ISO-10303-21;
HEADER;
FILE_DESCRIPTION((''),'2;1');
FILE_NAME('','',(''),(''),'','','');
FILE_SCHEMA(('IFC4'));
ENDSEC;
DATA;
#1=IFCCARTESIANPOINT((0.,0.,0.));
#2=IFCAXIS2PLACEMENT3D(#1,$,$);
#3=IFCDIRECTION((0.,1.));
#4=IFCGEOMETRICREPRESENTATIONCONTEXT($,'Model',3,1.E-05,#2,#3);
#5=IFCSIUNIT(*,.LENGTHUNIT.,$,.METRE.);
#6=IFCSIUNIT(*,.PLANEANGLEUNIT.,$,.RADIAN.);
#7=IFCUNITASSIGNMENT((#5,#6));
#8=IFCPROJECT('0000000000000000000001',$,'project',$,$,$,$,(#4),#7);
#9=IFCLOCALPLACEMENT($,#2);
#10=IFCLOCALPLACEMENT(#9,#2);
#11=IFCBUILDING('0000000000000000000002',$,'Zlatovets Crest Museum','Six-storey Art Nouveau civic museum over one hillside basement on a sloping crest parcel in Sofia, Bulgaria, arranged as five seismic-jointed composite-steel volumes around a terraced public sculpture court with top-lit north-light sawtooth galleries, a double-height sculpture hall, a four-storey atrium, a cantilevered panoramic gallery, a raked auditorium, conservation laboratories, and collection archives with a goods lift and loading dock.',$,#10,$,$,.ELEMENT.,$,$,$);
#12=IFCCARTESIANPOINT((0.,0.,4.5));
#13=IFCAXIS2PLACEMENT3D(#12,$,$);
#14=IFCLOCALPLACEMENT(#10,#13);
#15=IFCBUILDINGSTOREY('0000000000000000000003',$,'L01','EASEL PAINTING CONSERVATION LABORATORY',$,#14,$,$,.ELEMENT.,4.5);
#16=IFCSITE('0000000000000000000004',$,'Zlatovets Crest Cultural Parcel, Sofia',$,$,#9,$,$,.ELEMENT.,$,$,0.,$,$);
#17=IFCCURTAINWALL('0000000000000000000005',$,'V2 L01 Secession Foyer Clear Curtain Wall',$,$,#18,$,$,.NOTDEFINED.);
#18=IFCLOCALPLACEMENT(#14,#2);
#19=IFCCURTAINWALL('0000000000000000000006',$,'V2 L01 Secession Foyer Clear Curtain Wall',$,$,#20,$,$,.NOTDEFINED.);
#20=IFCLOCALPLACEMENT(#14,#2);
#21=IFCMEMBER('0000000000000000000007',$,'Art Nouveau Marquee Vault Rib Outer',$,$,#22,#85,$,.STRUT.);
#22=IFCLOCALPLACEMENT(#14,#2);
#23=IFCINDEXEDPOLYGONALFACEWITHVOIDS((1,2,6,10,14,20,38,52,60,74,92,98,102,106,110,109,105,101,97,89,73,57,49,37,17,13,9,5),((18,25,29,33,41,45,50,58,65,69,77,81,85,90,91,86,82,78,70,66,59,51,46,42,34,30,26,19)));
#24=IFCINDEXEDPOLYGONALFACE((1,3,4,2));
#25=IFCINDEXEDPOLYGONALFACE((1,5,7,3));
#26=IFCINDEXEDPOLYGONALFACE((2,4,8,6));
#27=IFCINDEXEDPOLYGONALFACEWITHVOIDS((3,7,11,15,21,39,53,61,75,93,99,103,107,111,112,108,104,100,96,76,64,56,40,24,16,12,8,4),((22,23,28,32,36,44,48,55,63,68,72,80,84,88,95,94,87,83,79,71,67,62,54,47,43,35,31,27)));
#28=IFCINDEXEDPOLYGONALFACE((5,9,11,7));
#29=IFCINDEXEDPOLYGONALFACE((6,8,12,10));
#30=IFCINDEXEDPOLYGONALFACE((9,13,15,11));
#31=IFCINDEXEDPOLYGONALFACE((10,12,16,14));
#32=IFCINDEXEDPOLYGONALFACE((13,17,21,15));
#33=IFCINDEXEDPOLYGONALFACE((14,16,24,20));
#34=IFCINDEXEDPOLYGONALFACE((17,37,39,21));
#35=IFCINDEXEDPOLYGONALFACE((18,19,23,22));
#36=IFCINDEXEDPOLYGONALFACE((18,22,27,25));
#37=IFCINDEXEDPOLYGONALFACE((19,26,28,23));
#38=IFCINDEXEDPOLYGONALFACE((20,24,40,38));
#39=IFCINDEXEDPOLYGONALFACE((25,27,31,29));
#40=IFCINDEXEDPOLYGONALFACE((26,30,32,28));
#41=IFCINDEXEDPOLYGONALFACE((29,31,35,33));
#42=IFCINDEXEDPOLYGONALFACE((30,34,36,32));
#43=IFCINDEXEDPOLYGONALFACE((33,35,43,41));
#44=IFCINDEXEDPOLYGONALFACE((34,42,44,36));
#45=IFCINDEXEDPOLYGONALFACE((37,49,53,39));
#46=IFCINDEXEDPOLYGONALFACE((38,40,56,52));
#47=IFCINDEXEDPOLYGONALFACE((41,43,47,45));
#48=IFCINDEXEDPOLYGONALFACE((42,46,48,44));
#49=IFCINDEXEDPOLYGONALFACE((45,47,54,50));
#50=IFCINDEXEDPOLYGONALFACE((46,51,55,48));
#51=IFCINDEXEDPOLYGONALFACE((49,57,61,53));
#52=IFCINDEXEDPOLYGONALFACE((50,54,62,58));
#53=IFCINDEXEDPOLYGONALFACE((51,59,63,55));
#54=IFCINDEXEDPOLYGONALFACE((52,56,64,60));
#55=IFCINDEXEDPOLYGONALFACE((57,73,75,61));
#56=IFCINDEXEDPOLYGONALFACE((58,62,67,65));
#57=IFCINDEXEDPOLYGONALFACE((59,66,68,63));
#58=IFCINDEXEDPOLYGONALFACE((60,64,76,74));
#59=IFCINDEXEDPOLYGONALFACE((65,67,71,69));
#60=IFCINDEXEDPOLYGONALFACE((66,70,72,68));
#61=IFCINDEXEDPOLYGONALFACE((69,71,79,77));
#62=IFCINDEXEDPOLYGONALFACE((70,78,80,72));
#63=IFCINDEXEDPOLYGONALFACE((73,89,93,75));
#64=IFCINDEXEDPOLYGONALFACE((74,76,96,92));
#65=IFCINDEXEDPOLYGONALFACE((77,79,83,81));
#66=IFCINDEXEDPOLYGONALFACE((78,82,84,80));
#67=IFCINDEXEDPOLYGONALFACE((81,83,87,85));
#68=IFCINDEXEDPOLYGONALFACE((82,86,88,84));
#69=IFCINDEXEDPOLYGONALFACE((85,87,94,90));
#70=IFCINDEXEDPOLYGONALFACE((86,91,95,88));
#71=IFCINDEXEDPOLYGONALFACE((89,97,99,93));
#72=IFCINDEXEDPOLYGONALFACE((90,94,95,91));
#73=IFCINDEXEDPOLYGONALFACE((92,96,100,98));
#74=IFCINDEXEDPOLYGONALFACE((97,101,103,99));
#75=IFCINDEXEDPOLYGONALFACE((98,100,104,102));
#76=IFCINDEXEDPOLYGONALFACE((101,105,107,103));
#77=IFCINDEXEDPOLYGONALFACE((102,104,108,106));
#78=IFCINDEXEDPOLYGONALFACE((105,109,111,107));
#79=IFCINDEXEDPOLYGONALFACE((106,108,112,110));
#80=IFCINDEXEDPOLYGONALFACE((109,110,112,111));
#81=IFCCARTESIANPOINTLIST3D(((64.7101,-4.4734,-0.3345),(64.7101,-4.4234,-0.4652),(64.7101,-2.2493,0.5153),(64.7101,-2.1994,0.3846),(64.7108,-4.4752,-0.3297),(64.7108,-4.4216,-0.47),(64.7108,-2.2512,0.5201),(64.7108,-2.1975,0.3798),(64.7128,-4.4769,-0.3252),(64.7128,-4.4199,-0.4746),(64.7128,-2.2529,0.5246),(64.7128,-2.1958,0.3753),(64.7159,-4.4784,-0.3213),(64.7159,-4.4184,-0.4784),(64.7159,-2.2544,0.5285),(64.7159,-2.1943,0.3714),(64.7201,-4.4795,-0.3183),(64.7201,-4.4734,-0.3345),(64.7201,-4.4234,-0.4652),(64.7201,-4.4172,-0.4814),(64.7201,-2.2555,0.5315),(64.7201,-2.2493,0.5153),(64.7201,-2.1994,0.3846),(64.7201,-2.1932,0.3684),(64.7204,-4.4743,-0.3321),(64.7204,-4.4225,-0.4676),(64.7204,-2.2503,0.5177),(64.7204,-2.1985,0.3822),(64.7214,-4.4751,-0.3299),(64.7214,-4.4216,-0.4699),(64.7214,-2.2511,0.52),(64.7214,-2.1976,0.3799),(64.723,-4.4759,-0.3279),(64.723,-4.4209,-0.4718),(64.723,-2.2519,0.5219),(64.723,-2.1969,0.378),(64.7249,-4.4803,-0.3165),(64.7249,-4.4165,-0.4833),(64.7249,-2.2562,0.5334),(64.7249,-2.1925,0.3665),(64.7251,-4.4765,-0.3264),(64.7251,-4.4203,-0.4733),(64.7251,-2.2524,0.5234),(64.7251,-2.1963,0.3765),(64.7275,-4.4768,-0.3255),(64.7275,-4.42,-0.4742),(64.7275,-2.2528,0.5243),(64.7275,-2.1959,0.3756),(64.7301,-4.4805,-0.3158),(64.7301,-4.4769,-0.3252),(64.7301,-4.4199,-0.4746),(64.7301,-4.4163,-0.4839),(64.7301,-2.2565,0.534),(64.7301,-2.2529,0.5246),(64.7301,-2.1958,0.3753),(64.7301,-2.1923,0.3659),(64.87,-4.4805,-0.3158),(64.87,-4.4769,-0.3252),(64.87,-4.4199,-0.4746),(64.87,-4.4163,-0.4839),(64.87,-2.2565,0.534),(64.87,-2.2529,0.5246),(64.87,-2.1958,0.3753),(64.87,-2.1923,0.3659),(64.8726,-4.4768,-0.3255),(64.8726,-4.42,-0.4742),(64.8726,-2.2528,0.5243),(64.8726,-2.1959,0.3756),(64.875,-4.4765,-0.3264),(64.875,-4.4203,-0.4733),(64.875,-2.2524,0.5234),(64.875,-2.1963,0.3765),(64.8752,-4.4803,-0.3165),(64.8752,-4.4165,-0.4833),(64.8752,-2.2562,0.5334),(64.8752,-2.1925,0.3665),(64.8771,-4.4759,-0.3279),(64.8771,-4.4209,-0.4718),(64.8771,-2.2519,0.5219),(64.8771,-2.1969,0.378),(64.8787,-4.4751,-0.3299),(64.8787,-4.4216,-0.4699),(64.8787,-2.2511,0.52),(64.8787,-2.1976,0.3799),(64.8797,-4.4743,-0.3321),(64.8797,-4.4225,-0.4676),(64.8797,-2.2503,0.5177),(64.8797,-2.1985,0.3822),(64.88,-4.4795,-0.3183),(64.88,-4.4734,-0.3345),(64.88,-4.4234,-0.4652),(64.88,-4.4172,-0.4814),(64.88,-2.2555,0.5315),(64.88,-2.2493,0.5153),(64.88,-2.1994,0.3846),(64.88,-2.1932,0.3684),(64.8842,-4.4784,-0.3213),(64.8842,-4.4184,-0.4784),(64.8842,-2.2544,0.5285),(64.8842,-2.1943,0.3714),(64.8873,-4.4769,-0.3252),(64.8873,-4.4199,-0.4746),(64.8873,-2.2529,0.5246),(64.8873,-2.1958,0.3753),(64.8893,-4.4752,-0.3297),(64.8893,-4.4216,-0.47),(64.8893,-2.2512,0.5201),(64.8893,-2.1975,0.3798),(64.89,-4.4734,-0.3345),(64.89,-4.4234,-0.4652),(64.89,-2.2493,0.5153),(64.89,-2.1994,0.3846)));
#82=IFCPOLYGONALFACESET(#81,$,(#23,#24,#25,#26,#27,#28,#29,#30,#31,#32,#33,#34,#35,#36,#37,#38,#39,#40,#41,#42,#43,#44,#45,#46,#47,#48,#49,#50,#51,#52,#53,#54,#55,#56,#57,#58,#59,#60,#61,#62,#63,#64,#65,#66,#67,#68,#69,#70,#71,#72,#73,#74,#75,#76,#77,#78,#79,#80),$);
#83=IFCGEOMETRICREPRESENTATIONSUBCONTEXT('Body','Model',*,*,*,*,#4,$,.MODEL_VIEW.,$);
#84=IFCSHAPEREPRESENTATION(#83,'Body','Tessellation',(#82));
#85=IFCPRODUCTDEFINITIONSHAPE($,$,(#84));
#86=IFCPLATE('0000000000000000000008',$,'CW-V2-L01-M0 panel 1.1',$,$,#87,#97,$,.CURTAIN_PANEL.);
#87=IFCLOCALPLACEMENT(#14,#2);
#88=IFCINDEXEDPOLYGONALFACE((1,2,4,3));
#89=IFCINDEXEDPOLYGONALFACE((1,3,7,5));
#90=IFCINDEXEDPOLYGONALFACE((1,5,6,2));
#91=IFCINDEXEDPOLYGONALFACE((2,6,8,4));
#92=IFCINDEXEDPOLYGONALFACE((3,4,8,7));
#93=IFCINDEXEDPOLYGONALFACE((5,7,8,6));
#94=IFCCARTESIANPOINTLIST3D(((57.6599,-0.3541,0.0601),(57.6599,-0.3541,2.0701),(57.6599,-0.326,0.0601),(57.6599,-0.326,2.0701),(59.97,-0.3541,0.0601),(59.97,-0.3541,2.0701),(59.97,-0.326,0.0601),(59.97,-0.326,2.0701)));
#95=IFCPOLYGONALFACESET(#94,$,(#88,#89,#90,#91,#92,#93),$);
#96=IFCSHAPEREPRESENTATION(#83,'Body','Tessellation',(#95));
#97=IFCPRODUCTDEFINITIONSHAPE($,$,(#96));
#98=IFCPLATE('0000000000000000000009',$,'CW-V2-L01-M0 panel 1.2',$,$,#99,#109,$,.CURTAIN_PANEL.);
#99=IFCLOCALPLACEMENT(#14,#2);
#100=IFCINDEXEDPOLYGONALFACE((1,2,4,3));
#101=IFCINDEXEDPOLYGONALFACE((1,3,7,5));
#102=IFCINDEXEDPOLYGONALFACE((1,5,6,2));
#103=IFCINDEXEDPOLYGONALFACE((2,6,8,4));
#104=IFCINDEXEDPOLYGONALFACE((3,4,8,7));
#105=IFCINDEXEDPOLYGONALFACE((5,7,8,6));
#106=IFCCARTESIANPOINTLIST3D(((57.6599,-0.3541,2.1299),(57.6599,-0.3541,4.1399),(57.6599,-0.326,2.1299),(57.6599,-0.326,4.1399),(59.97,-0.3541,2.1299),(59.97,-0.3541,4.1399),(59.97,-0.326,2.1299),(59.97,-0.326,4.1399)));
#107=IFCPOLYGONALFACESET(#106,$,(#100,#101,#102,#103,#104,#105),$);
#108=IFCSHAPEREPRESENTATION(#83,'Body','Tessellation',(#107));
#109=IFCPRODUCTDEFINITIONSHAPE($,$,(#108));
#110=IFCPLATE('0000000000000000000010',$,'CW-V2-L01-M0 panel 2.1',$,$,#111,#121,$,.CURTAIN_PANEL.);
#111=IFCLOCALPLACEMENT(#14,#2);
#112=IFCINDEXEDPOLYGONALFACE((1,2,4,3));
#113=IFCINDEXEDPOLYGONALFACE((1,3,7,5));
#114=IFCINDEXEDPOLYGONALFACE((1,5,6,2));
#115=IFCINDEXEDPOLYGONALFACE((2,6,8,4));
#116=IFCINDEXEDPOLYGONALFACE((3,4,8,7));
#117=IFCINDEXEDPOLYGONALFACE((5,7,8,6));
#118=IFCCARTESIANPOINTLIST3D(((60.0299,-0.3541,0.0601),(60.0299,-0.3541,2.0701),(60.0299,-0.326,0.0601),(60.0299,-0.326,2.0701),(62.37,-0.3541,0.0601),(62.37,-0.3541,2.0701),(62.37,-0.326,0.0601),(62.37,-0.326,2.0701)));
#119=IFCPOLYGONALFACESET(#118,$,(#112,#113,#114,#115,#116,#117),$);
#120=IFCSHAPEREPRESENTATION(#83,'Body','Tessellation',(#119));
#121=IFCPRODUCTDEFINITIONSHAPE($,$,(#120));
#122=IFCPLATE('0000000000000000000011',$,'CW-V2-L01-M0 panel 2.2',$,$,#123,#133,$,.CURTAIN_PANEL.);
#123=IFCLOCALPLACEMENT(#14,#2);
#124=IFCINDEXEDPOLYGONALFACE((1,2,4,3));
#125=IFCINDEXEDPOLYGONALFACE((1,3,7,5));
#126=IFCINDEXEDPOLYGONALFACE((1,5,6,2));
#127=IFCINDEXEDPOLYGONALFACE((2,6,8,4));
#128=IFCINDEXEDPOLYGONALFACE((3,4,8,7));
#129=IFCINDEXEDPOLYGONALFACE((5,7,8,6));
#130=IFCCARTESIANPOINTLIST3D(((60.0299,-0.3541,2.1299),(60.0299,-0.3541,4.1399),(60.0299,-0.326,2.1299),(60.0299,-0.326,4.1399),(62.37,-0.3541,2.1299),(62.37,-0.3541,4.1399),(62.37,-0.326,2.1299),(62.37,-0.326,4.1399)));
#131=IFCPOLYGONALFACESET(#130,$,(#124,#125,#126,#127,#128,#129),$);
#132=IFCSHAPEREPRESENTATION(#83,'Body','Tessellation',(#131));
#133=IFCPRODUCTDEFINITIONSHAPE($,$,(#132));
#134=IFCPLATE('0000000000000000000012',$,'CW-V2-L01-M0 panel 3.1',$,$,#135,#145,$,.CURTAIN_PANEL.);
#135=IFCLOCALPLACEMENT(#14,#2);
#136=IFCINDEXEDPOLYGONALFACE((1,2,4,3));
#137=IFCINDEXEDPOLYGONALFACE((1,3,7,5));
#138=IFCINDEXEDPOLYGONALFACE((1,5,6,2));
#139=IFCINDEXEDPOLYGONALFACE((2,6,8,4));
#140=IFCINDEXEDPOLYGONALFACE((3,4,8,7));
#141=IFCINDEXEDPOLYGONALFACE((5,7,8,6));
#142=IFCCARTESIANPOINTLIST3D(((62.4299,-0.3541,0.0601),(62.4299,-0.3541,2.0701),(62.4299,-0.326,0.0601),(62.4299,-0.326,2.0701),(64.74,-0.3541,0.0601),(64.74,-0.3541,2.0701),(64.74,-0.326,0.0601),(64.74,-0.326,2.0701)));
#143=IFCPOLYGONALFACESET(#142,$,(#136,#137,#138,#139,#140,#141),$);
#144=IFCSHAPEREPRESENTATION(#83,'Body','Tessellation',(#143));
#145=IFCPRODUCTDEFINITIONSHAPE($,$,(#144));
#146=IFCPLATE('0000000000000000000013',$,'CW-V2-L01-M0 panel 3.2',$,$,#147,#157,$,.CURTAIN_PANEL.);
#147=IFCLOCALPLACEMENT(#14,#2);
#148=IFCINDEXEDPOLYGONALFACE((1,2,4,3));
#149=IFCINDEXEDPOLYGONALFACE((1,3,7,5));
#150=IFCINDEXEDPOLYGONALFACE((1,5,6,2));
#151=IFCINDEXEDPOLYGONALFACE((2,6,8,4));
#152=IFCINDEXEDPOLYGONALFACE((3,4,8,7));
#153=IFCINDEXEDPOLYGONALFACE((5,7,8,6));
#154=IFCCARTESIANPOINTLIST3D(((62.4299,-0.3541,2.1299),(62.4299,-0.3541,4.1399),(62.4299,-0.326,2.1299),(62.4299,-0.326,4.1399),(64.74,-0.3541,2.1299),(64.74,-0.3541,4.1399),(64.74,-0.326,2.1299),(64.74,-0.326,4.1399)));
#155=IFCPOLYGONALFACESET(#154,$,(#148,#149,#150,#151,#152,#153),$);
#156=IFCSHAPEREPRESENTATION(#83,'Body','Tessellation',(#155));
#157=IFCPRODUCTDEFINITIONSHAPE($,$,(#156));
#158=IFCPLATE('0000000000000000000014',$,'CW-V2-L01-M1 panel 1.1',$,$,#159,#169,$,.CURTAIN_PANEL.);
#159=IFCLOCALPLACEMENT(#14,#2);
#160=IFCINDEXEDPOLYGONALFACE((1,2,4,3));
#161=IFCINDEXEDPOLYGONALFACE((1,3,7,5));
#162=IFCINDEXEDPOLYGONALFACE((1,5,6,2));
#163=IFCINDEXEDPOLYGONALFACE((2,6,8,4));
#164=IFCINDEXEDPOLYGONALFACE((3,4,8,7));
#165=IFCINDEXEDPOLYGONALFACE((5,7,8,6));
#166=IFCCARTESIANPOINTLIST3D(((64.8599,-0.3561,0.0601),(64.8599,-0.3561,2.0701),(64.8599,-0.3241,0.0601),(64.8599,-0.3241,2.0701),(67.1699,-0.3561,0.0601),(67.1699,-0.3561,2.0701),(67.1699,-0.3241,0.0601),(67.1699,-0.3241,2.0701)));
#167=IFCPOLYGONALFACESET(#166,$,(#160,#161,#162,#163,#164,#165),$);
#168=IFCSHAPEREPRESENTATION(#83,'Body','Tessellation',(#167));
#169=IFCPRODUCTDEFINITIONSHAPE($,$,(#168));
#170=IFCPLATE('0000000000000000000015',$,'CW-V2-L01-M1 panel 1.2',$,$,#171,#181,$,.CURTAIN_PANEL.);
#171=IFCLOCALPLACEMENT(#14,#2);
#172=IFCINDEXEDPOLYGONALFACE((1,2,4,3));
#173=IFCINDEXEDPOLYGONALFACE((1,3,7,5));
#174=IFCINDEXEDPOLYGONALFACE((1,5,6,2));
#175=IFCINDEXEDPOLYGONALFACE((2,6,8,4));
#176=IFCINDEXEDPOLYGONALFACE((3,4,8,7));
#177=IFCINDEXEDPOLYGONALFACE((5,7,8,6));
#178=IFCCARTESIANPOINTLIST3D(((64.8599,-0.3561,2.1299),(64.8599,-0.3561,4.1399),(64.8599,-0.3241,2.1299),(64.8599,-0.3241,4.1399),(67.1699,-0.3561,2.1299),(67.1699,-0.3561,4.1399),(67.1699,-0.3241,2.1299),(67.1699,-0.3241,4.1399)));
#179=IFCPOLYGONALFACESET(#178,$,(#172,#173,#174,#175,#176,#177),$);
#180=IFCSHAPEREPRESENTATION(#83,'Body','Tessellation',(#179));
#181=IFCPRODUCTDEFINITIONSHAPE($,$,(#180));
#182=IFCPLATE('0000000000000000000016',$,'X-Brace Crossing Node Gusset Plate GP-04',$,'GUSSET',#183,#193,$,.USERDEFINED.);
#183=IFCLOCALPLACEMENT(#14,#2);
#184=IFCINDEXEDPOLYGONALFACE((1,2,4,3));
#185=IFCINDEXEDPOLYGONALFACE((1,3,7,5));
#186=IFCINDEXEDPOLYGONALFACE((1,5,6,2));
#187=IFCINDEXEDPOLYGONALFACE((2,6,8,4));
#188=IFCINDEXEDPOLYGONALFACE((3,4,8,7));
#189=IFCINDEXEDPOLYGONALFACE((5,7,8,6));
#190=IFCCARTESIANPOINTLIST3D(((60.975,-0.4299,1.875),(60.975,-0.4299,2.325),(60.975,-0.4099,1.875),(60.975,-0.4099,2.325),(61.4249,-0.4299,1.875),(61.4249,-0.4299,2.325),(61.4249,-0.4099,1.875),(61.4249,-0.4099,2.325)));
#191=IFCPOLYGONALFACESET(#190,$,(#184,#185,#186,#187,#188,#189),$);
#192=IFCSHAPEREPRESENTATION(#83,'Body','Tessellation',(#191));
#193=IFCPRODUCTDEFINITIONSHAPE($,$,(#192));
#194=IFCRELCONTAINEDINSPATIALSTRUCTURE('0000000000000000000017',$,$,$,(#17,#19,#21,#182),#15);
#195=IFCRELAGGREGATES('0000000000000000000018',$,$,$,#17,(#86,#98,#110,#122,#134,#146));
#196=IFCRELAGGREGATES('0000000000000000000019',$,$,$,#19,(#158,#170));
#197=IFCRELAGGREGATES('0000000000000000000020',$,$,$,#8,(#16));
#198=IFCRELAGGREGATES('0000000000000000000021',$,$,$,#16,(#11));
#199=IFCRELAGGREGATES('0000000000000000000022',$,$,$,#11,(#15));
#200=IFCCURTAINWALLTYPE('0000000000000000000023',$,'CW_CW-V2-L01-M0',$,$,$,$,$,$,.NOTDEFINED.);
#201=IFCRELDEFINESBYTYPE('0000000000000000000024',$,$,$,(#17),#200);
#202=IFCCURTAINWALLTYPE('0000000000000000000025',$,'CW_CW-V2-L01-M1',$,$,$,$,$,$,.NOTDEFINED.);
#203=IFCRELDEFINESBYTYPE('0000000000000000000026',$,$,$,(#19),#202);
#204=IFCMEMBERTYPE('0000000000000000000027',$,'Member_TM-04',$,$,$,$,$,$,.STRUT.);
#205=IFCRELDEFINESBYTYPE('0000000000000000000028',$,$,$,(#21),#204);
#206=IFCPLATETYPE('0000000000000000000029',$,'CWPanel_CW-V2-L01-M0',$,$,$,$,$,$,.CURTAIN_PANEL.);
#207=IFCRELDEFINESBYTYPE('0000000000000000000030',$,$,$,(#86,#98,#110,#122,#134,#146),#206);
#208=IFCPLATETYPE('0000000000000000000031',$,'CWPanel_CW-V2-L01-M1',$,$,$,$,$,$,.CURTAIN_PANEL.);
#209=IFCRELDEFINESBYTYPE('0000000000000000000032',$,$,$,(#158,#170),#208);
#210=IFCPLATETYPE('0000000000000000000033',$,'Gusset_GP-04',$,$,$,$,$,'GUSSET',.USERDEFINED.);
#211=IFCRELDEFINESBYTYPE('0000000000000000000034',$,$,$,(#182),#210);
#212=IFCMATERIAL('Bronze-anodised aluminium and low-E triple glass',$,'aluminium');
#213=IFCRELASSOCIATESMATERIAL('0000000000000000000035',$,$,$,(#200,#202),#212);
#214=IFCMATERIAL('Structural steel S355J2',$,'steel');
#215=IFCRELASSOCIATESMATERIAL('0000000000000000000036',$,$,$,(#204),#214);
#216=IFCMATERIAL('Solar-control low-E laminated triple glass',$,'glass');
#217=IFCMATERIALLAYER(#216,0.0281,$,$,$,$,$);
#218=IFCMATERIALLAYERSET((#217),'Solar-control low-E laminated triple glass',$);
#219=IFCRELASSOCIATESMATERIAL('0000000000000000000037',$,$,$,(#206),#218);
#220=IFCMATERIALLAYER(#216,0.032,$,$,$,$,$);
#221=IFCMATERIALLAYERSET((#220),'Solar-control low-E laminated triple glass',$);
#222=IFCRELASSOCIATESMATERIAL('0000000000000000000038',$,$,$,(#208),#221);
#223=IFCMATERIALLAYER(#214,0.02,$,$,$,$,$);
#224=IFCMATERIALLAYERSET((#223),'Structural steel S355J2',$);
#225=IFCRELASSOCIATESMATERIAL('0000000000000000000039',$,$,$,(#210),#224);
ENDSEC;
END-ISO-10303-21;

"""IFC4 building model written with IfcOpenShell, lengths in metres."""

from ifc_helpers import new_model, si_unit, direction, frame, origin, origin_2d, place, context, subcontext, project, spatial, rectangle, hollow_rectangle, extrude, material, layer, layer_set, material_profile, profile_set, type_object, element, aggregate, save


model = new_model("IFC4")

# Units and contexts
model_context = context("Model", 3, precision=1e-05, world=origin(), true_north=direction((0.0, 1.0)))
body_context = subcontext(model_context, "Body", "Model", "MODEL_VIEW")
ifc_project = project(units=[si_unit("LENGTHUNIT", "METRE"), si_unit("PLANEANGLEUNIT", "RADIAN")], contexts=[model_context])

# Site, building, storey
site_placement = place(None, origin())
site = spatial("IfcSite", under=ifc_project, at=site_placement, Name="Zlatovets Crest Cultural Parcel, Sofia", CompositionType="ELEMENT", RefElevation=0.0)
building_placement = place(site_placement, origin())
building = spatial("IfcBuilding", under=site, at=building_placement, Name="Zlatovets Crest Museum", Description="Six-storey Art Nouveau civic museum over one hillside basement on a sloping crest parcel in Sofia, Bulgaria, arranged as five seismic-jointed composite-steel volumes around a terraced public sculpture court with top-lit north-light sawtooth galleries, a double-height sculpture hall, a four-storey atrium, a cantilevered panoramic gallery, a raked auditorium, conservation laboratories, and collection archives with a goods lift and loading dock.", CompositionType="ELEMENT")
storey_placement = place(building_placement, frame((0.0, 0.0, 4.5)))
storey = spatial("IfcBuildingStorey", under=building, at=storey_placement, Name="L01", Description="EASEL PAINTING CONSERVATION LABORATORY", CompositionType="ELEMENT", Elevation=4.5)

# Curtain walls
ifc_material_1 = material(Name="Bronze-anodised aluminium and low-E triple glass", Category="aluminium")
curtain_wall_type_1 = type_object("IfcCurtainWallType", Name="CW_CW-V2-L01-M0", PredefinedType="NOTDEFINED", material=ifc_material_1)
curtain_wall_1_placement = place(storey_placement, origin())
curtain_wall_1 = element("IfcCurtainWall", 1, at=curtain_wall_1_placement, inside=storey, type_object=curtain_wall_type_1, Name="V2 L01 Secession Foyer Clear Curtain Wall", PredefinedType="NOTDEFINED")
curtain_wall_type_2 = type_object("IfcCurtainWallType", Name="CW_CW-V2-L01-M1", PredefinedType="NOTDEFINED", material=ifc_material_1)
curtain_wall_2_placement = place(storey_placement, origin())
curtain_wall_2 = element("IfcCurtainWall", 2, at=curtain_wall_2_placement, inside=storey, type_object=curtain_wall_type_2, Name="V2 L01 Secession Foyer Clear Curtain Wall", PredefinedType="NOTDEFINED")

# Member
ifc_material_2 = material(Name="Structural steel S355J2", Category="steel")
ifc_material_profile_1 = material_profile(ifc_material_2, hollow_rectangle(XDim=0.1799, YDim=0.1799, WallThickness=0.01, InnerFilletRadius=0.01, OuterFilletRadius=0.02, at=origin_2d()), Name="SHS 180x180x10.0")
ifc_profile_set_1 = profile_set([ifc_material_profile_1], Name="Structural steel S355J2")
member_type_1 = type_object("IfcMemberType", Name="Member_TM-04", PredefinedType="STRUT", material=ifc_profile_set_1)
member_1_placement = place(storey_placement, frame((64.8, -2.2244, 0.45), z_axis=(0.0, -0.934128, -0.356937), x_axis=(1.0, 0.0, 0.0)))
element("IfcMember", 3, at=member_1_placement, inside=storey, type_object=member_type_1, Name="Art Nouveau Marquee Vault Rib Outer", PredefinedType="STRUT", context=body_context, shape_type="SweptSolid", body=[
    extrude(hollow_rectangle(XDim=0.1799, YDim=0.1799, WallThickness=0.01, InnerFilletRadius=0.01, OuterFilletRadius=0.02, at=origin_2d()), origin(), (0.0, 0.0, 1.0), 2.3809),
])

# Plates
ifc_material_3 = material(Name="Solar-control low-E laminated triple glass", Category="glass")
ifc_layer_1 = layer(ifc_material_3, 0.0281)
ifc_layer_set_1 = layer_set([ifc_layer_1], Name="Solar-control low-E laminated triple glass")
plate_type_1 = type_object("IfcPlateType", Name="CWPanel_CW-V2-L01-M0", PredefinedType="CURTAIN_PANEL", material=ifc_layer_set_1)
plate_1_placement = place(storey_placement, frame((58.8149, -0.3401, 0.0601), z_axis=(0.0, 0.0, 1.0), x_axis=(1.0, 0.0, 0.0)))
plate_1 = element("IfcPlate", 4, at=plate_1_placement, type_object=plate_type_1, Name="CW-V2-L01-M0 panel 1.1", PredefinedType="CURTAIN_PANEL", context=body_context, shape_type="SweptSolid", body=[
    extrude(rectangle(XDim=2.3101, YDim=0.0281, at=origin_2d()), origin(), (0.0, 0.0, 1.0), 2.01),
])
plate_2_placement = place(storey_placement, frame((58.8149, -0.3401, 2.1299), z_axis=(0.0, 0.0, 1.0), x_axis=(1.0, 0.0, 0.0)))
plate_2 = element("IfcPlate", 5, at=plate_2_placement, type_object=plate_type_1, Name="CW-V2-L01-M0 panel 1.2", PredefinedType="CURTAIN_PANEL", context=body_context, shape_type="SweptSolid", body=[
    extrude(rectangle(XDim=2.3101, YDim=0.0281, at=origin_2d()), origin(), (0.0, 0.0, 1.0), 2.01),
])
plate_3_placement = place(storey_placement, frame((61.2, -0.3401, 0.0601), z_axis=(0.0, 0.0, 1.0), x_axis=(1.0, 0.0, 0.0)))
plate_3 = element("IfcPlate", 6, at=plate_3_placement, type_object=plate_type_1, Name="CW-V2-L01-M0 panel 2.1", PredefinedType="CURTAIN_PANEL", context=body_context, shape_type="SweptSolid", body=[
    extrude(rectangle(XDim=2.3401, YDim=0.0281, at=origin_2d()), origin(), (0.0, 0.0, 1.0), 2.01),
])
plate_4_placement = place(storey_placement, frame((61.2, -0.3401, 2.1299), z_axis=(0.0, 0.0, 1.0), x_axis=(1.0, 0.0, 0.0)))
plate_4 = element("IfcPlate", 7, at=plate_4_placement, type_object=plate_type_1, Name="CW-V2-L01-M0 panel 2.2", PredefinedType="CURTAIN_PANEL", context=body_context, shape_type="SweptSolid", body=[
    extrude(rectangle(XDim=2.3401, YDim=0.0281, at=origin_2d()), origin(), (0.0, 0.0, 1.0), 2.01),
])
plate_5_placement = place(storey_placement, frame((63.585, -0.3401, 0.0601), z_axis=(0.0, 0.0, 1.0), x_axis=(1.0, 0.0, 0.0)))
plate_5 = element("IfcPlate", 8, at=plate_5_placement, type_object=plate_type_1, Name="CW-V2-L01-M0 panel 3.1", PredefinedType="CURTAIN_PANEL", context=body_context, shape_type="SweptSolid", body=[
    extrude(rectangle(XDim=2.3101, YDim=0.0281, at=origin_2d()), origin(), (0.0, 0.0, 1.0), 2.01),
])
plate_6_placement = place(storey_placement, frame((63.585, -0.3401, 2.1299), z_axis=(0.0, 0.0, 1.0), x_axis=(1.0, 0.0, 0.0)))
plate_6 = element("IfcPlate", 9, at=plate_6_placement, type_object=plate_type_1, Name="CW-V2-L01-M0 panel 3.2", PredefinedType="CURTAIN_PANEL", context=body_context, shape_type="SweptSolid", body=[
    extrude(rectangle(XDim=2.3101, YDim=0.0281, at=origin_2d()), origin(), (0.0, 0.0, 1.0), 2.01),
])
aggregate(curtain_wall_1, [plate_1, plate_2, plate_3, plate_4, plate_5, plate_6])
ifc_layer_2 = layer(ifc_material_3, 0.032)
ifc_layer_set_2 = layer_set([ifc_layer_2], Name="Solar-control low-E laminated triple glass")
plate_type_2 = type_object("IfcPlateType", Name="CWPanel_CW-V2-L01-M1", PredefinedType="CURTAIN_PANEL", material=ifc_layer_set_2)
plate_7_placement = place(storey_placement, frame((66.0149, -0.3401, 0.0601), z_axis=(0.0, 0.0, 1.0), x_axis=(1.0, 0.0, 0.0)))
plate_7 = element("IfcPlate", 10, at=plate_7_placement, type_object=plate_type_2, Name="CW-V2-L01-M1 panel 1.1", PredefinedType="CURTAIN_PANEL", context=body_context, shape_type="SweptSolid", body=[
    extrude(rectangle(XDim=2.3101, YDim=0.032, at=origin_2d()), origin(), (0.0, 0.0, 1.0), 2.01),
])
plate_8_placement = place(storey_placement, frame((66.0149, -0.3401, 2.1299), z_axis=(0.0, 0.0, 1.0), x_axis=(1.0, 0.0, 0.0)))
plate_8 = element("IfcPlate", 11, at=plate_8_placement, type_object=plate_type_2, Name="CW-V2-L01-M1 panel 1.2", PredefinedType="CURTAIN_PANEL", context=body_context, shape_type="SweptSolid", body=[
    extrude(rectangle(XDim=2.3101, YDim=0.032, at=origin_2d()), origin(), (0.0, 0.0, 1.0), 2.01),
])
aggregate(curtain_wall_2, [plate_7, plate_8])
ifc_layer_3 = layer(ifc_material_2, 0.02)
ifc_layer_set_3 = layer_set([ifc_layer_3], Name="Structural steel S355J2")
plate_type_3 = type_object("IfcPlateType", Name="Gusset_GP-04", ElementType="GUSSET", PredefinedType="USERDEFINED", material=ifc_layer_set_3)
plate_9_placement = place(storey_placement, frame((61.2, -0.4199, 1.875), z_axis=(0.0, 0.0, 1.0), x_axis=(1.0, 0.0, 0.0)))
element("IfcPlate", 12, at=plate_9_placement, inside=storey, type_object=plate_type_3, Name="X-Brace Crossing Node Gusset Plate GP-04", ObjectType="GUSSET", PredefinedType="USERDEFINED", context=body_context, shape_type="SweptSolid", body=[
    extrude(rectangle(XDim=0.45, YDim=0.02, at=origin_2d()), origin(), (0.0, 0.0, 1.0), 0.45),
])

save(model, "model.ifc")
